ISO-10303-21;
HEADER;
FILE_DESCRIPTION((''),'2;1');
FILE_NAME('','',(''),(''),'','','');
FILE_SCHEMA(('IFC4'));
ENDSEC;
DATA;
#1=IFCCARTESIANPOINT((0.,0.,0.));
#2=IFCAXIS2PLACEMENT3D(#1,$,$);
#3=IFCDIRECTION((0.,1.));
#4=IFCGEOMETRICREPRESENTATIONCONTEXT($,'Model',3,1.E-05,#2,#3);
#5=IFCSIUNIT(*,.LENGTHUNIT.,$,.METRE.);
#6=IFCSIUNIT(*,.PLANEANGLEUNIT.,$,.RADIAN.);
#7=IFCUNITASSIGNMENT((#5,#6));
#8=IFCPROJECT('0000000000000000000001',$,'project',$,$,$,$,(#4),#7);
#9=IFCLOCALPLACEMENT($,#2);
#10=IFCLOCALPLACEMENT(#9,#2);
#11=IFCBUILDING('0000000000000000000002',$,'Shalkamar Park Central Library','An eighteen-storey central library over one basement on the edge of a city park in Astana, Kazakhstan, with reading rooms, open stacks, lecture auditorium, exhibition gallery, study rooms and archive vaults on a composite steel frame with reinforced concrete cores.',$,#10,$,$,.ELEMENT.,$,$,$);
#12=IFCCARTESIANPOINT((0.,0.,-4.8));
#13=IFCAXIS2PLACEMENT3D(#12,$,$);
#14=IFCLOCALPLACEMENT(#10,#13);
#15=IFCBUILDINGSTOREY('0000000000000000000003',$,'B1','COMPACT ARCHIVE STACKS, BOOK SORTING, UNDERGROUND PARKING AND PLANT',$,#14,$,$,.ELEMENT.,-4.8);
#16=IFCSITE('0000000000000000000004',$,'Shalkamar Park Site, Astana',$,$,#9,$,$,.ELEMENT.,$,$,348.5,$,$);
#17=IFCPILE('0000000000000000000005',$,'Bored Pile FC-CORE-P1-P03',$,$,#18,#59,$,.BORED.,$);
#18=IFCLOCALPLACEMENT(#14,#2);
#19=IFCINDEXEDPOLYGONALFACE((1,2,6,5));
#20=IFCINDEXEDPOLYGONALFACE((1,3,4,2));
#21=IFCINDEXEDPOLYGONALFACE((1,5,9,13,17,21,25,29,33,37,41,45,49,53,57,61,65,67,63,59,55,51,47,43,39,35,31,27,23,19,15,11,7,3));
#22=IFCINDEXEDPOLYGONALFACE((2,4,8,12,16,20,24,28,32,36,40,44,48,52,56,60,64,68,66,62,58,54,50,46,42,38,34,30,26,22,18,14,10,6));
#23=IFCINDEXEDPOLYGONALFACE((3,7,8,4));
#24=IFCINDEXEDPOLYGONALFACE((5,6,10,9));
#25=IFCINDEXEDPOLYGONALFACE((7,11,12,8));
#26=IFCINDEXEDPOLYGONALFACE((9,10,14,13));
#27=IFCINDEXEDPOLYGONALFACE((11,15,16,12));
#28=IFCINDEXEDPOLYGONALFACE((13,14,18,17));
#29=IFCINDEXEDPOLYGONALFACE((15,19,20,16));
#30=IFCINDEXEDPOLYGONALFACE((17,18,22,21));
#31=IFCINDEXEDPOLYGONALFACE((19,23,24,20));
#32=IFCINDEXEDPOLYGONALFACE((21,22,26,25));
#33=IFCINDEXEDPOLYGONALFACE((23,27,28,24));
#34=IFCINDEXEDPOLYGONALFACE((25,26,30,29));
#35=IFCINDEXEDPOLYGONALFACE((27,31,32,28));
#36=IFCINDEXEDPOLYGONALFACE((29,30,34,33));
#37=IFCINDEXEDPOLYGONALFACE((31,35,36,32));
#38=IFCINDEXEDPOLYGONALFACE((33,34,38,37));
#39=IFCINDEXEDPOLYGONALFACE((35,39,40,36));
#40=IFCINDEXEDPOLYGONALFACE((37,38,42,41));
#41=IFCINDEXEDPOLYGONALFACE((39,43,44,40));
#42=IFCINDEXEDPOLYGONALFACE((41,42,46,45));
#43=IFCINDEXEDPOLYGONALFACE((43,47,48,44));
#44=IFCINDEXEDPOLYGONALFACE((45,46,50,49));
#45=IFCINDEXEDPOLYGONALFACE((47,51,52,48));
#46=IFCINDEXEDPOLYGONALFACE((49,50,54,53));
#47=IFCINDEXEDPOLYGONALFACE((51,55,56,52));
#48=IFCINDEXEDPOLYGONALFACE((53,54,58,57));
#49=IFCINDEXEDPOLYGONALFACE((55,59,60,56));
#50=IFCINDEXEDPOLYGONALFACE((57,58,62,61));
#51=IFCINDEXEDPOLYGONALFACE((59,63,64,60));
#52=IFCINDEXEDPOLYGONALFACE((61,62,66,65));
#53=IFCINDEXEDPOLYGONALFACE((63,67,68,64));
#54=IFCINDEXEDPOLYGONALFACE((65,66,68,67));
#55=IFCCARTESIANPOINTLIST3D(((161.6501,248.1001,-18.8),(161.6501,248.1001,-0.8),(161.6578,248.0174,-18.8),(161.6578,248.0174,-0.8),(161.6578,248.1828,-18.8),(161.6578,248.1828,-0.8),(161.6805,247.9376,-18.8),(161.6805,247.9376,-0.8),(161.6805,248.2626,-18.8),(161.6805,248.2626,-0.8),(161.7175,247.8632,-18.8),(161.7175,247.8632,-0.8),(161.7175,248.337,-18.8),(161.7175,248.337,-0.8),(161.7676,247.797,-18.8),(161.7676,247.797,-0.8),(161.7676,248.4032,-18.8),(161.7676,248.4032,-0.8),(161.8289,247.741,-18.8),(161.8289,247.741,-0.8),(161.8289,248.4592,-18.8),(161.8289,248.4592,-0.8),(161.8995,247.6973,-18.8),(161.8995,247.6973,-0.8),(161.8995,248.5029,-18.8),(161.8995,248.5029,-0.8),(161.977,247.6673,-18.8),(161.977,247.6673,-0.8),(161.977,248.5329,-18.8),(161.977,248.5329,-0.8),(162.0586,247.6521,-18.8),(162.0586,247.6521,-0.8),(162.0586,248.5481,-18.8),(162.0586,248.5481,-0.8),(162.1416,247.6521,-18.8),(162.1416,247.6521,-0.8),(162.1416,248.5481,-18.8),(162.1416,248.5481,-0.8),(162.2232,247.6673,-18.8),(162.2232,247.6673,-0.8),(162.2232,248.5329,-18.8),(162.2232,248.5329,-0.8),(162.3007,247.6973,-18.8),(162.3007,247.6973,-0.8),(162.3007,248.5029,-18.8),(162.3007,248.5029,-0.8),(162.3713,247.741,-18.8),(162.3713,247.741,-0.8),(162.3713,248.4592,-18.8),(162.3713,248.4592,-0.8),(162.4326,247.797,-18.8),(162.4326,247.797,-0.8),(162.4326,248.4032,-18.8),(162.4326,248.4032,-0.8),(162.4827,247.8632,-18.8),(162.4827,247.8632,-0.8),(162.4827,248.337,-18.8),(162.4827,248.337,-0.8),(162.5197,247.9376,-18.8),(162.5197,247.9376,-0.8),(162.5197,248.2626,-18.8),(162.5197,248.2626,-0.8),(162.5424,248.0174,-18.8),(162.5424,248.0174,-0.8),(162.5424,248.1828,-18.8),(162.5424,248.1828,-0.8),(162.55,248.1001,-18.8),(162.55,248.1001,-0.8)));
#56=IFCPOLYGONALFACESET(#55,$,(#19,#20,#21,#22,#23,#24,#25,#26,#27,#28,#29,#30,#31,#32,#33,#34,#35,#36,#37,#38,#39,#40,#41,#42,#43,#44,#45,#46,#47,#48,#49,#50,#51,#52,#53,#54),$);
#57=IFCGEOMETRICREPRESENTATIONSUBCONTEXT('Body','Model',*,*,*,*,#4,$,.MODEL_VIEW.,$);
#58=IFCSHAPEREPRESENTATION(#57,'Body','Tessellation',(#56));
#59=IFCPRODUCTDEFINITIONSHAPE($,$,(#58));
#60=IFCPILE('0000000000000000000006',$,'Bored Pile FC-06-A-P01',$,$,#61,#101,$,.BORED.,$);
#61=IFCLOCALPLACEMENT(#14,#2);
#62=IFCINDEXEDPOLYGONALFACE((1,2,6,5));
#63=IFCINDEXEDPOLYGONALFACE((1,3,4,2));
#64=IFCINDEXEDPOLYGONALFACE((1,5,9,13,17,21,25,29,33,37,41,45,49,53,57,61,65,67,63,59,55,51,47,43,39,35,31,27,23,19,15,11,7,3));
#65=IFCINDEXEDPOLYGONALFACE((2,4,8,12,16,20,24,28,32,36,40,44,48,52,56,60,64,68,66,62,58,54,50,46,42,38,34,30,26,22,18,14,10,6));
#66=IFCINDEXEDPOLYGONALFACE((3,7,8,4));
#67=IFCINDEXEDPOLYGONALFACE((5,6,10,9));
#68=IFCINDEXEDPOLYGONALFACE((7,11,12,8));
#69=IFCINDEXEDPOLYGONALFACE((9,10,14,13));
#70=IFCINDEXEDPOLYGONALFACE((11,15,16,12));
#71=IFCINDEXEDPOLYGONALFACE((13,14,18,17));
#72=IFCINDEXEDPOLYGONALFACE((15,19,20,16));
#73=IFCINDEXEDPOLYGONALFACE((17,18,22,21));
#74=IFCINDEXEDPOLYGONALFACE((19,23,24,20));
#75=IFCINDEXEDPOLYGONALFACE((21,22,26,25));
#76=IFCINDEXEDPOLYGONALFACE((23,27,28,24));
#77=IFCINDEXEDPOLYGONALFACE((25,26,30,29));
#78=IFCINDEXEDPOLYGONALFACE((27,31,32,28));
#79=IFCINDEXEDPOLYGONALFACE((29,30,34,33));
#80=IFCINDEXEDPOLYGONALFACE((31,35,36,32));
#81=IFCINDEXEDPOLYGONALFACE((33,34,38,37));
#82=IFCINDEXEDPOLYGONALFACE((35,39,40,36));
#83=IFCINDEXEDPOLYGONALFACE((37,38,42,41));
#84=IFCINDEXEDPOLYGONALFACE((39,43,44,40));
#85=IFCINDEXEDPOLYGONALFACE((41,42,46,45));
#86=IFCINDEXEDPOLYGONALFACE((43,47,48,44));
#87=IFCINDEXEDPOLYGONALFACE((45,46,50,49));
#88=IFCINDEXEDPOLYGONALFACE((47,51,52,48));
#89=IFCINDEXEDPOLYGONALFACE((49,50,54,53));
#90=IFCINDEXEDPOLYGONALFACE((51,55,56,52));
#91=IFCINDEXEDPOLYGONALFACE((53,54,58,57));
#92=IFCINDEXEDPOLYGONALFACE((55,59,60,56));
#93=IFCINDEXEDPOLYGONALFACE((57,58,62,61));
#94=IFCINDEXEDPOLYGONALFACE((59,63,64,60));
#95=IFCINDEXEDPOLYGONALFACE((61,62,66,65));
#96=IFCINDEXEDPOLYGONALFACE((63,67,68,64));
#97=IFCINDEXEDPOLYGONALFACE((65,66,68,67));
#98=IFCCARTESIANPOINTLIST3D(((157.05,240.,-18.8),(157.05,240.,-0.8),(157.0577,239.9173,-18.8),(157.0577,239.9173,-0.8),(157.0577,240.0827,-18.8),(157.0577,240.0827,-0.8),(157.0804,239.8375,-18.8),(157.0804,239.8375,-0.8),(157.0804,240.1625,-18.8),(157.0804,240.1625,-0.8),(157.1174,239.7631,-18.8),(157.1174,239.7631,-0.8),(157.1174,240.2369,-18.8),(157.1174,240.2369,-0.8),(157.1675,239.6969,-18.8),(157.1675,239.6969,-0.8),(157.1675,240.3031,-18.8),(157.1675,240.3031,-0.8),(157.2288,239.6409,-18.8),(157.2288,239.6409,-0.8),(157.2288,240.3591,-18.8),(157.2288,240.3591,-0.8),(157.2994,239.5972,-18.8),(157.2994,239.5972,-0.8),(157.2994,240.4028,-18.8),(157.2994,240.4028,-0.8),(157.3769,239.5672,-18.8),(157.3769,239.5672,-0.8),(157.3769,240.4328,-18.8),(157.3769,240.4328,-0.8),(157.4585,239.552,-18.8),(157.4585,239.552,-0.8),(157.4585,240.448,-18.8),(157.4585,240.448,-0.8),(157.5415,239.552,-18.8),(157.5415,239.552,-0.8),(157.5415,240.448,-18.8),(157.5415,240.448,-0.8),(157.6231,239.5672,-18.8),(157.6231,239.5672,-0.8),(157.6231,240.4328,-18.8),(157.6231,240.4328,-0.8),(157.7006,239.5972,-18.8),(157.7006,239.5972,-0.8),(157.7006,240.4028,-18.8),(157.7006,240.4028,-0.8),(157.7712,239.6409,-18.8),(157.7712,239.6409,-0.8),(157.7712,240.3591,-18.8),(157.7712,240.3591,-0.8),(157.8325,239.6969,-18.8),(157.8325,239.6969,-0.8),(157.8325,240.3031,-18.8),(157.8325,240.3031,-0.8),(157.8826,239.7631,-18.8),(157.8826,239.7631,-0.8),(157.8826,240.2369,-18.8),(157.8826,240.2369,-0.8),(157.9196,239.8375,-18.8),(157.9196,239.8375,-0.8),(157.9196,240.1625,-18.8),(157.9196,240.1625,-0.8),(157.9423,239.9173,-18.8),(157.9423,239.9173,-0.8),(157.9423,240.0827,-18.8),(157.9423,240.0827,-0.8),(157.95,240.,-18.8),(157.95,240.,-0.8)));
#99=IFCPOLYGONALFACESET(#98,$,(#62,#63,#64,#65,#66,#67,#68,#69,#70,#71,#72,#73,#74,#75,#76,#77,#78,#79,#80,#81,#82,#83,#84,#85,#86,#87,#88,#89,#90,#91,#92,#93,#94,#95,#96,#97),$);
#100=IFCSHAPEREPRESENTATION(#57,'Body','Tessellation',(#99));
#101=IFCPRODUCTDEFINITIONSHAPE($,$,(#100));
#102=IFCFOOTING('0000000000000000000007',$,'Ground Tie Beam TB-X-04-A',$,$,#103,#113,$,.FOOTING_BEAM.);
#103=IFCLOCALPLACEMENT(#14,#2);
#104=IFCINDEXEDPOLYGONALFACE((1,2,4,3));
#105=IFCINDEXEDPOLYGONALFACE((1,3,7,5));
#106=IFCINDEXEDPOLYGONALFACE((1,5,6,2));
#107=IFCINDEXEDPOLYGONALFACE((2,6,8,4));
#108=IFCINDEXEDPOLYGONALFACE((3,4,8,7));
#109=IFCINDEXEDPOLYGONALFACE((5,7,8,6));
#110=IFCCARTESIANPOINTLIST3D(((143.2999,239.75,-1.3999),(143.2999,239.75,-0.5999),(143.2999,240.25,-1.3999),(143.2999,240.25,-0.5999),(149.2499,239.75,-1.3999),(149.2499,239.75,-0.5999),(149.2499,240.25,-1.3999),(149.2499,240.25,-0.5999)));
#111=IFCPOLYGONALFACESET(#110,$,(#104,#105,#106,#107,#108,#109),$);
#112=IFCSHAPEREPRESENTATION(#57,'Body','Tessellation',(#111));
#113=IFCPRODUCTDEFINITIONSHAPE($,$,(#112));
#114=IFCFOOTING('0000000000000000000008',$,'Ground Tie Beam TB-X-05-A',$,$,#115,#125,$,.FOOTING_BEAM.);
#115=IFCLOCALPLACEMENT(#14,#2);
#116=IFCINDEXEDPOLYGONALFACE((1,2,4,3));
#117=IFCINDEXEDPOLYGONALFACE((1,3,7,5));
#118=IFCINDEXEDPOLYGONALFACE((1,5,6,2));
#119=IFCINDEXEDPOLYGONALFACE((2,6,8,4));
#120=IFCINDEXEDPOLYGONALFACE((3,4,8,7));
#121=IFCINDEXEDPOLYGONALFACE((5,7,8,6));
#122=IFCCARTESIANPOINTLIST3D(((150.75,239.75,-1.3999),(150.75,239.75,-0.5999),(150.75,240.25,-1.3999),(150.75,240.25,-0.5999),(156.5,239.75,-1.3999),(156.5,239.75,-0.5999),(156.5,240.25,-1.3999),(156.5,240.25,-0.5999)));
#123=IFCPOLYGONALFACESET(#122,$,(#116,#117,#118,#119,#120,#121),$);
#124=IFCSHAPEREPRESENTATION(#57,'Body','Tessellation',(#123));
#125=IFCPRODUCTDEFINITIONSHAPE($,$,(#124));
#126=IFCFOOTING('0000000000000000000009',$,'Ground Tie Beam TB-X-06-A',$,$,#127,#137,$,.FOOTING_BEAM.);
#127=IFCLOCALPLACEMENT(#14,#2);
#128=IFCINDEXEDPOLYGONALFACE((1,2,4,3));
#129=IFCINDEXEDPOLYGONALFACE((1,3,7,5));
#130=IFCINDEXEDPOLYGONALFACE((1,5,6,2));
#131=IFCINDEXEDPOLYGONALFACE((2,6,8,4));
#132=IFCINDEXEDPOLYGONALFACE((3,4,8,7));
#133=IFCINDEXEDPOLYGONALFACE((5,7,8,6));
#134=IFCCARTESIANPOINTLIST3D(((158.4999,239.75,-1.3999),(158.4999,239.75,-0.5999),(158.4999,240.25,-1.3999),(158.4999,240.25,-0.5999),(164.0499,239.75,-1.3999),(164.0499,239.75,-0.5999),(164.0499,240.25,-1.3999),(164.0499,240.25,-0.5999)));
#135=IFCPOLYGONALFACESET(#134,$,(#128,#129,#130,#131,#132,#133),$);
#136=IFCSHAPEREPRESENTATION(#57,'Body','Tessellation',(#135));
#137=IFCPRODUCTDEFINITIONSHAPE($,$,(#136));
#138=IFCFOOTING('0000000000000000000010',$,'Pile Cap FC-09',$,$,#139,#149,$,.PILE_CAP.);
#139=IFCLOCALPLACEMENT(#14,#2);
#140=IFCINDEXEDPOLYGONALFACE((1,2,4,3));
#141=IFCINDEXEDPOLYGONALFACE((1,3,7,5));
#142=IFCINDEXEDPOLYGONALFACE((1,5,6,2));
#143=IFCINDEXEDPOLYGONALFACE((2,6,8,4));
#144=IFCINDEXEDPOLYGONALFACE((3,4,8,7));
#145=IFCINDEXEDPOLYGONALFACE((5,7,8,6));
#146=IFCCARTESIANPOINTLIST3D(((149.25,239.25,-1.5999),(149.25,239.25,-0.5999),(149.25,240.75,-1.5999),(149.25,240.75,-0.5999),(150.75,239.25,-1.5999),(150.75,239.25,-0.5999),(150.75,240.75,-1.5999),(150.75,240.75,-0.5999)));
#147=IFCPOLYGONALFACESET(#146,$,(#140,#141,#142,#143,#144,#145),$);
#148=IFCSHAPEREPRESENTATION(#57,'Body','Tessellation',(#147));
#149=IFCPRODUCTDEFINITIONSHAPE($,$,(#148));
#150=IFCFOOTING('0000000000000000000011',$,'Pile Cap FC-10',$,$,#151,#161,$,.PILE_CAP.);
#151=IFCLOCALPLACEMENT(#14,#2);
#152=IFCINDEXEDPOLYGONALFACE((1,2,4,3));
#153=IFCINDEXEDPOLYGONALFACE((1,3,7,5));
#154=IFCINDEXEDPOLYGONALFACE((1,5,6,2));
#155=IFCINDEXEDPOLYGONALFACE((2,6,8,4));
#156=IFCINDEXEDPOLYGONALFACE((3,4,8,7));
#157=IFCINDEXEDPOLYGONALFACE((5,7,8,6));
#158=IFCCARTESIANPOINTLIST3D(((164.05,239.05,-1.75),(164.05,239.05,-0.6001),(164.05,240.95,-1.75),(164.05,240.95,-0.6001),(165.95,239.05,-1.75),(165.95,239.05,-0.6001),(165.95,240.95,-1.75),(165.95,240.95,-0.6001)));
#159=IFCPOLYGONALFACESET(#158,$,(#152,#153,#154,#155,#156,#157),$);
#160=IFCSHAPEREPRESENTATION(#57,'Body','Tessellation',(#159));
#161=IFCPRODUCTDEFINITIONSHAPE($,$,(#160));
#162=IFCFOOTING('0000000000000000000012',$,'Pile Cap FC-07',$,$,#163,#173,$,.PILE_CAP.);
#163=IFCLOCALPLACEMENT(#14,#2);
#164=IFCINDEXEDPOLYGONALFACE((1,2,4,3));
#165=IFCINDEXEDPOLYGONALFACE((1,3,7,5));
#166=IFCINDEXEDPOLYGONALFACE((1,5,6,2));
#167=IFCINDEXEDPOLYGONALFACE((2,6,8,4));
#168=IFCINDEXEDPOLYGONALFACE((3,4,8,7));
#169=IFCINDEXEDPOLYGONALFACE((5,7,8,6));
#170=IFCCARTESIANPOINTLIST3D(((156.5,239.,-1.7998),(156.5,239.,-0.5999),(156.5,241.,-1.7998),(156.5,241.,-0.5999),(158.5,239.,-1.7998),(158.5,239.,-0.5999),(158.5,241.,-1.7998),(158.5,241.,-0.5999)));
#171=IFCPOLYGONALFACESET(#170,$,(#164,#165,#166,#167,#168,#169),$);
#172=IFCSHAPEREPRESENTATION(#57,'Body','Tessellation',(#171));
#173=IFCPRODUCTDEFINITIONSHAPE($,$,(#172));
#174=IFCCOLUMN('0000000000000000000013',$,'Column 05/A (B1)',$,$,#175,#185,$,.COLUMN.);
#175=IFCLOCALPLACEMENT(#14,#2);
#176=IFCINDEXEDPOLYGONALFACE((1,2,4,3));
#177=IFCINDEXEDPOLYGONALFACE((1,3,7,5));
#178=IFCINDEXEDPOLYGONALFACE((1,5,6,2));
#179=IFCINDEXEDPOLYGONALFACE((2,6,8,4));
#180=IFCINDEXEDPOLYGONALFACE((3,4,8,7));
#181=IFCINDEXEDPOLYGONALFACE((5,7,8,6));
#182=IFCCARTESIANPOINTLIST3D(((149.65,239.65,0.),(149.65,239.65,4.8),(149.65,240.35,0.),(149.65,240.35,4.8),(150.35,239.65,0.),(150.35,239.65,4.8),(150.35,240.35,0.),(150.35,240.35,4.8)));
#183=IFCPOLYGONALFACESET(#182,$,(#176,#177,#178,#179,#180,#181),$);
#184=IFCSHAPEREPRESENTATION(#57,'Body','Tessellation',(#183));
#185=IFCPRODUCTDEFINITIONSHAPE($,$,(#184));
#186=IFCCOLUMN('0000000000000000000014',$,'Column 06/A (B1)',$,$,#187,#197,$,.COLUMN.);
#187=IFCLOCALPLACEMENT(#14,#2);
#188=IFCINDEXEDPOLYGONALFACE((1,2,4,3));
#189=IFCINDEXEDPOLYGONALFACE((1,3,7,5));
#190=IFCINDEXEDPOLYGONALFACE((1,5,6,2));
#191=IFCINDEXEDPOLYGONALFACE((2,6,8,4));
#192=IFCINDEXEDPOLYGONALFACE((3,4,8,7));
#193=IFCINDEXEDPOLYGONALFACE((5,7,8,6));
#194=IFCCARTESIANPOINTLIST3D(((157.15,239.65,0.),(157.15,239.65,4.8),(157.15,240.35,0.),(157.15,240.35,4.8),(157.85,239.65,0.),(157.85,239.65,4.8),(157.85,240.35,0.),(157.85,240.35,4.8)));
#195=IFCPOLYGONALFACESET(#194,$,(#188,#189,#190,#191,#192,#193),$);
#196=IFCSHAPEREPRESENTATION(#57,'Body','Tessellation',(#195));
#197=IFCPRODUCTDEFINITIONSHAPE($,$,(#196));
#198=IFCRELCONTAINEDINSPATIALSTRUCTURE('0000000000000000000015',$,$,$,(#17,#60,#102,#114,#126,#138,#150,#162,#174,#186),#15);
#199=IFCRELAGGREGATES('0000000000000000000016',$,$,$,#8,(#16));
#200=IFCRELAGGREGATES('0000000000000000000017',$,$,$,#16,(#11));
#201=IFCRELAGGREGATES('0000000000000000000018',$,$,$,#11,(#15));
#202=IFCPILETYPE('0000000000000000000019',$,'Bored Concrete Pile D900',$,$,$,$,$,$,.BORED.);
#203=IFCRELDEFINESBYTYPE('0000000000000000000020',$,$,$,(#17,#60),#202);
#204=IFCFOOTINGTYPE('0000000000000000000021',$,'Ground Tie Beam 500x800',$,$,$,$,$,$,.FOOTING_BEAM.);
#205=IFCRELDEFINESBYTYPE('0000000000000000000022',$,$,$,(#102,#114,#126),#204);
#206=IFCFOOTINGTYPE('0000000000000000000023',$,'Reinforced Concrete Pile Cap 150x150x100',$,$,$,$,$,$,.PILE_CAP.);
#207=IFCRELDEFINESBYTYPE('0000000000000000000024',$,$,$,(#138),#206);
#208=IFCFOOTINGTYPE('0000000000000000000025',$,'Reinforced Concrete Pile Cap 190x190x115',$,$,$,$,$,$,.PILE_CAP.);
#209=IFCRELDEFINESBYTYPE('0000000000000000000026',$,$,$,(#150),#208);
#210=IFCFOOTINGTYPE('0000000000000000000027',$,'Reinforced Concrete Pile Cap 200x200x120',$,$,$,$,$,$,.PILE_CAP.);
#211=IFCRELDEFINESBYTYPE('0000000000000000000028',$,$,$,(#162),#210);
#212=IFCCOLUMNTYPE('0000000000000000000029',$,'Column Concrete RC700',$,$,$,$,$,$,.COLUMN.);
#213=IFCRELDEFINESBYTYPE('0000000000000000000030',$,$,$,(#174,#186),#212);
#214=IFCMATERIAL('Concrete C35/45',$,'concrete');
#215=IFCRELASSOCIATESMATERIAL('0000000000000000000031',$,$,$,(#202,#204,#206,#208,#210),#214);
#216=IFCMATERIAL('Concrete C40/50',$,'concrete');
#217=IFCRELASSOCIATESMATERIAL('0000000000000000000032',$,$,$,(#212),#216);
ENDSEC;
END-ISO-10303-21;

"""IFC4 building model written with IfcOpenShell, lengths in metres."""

from ifc_helpers import new_model, si_unit, direction, frame, origin, origin_2d, place, context, subcontext, project, spatial, rectangle, circle, extrude, material, material_profile, profile_set, type_object, element, save


model = new_model("IFC4")

# Units and contexts
model_context = context("Model", 3, precision=1e-05, world=origin(), true_north=direction((0.0, 1.0)))
body_context = subcontext(model_context, "Body", "Model", "MODEL_VIEW")
ifc_project = project(units=[si_unit("LENGTHUNIT", "METRE"), si_unit("PLANEANGLEUNIT", "RADIAN")], contexts=[model_context])

# Site, building, storey
site_placement = place(None, origin())
site = spatial("IfcSite", under=ifc_project, at=site_placement, Name="Shalkamar Park Site, Astana", CompositionType="ELEMENT", RefElevation=348.5)
building_placement = place(site_placement, origin())
building = spatial("IfcBuilding", under=site, at=building_placement, Name="Shalkamar Park Central Library", Description="An eighteen-storey central library over one basement on the edge of a city park in Astana, Kazakhstan, with reading rooms, open stacks, lecture auditorium, exhibition gallery, study rooms and archive vaults on a composite steel frame with reinforced concrete cores.", CompositionType="ELEMENT")
storey_placement = place(building_placement, frame((0.0, 0.0, -4.8)))
storey = spatial("IfcBuildingStorey", under=building, at=storey_placement, Name="B1", Description="COMPACT ARCHIVE STACKS, BOOK SORTING, UNDERGROUND PARKING AND PLANT", CompositionType="ELEMENT", Elevation=-4.8)

# Piles
ifc_material_1 = material(Name="Concrete C35/45", Category="concrete")
ifc_material_profile_1 = material_profile(ifc_material_1, circle(Radius=0.45, at=origin_2d()), Name="PILE D900")
ifc_profile_set_1 = profile_set([ifc_material_profile_1], Name="Concrete C35/45")
pile_type_1 = type_object("IfcPileType", Name="Bored Concrete Pile D900", PredefinedType="BORED", material=ifc_profile_set_1)
for number, where, z_axis, x_axis, name in (
    (1, (162.1001, 248.1001, -0.8), (0.0, 0.0, -1.0), (1.0, 0.0, 0.0), "Bored Pile FC-CORE-P1-P03"),
    (2, (157.5, 240.0, -0.8), (0.0, 0.0, -1.0), (1.0, 0.0, 0.0), "Bored Pile FC-06-A-P01"),
):
    element("IfcPile", number, at=place(storey_placement, frame(where, z_axis=z_axis, x_axis=x_axis)), inside=storey, type_object=pile_type_1, Name=name, PredefinedType="BORED", context=body_context, shape_type="SweptSolid", body=[
        extrude(circle(Radius=0.45, at=origin_2d()), origin(), (0.0, 0.0, 1.0), 18.0),
    ])

# Footings
footing_type_1 = type_object("IfcFootingType", Name="Ground Tie Beam 500x800", PredefinedType="FOOTING_BEAM", material=ifc_material_1)
footing_1_placement = place(storey_placement, frame((146.2749, 240.0, -1.3999), z_axis=(0.0, 0.0, 1.0), x_axis=(1.0, 0.0, 0.0)))
element("IfcFooting", 3, at=footing_1_placement, inside=storey, type_object=footing_type_1, Name="Ground Tie Beam TB-X-04-A", PredefinedType="FOOTING_BEAM", context=body_context, shape_type="SweptSolid", body=[
    extrude(rectangle(XDim=5.95, YDim=0.5, at=origin_2d()), origin(), (0.0, 0.0, 1.0), 0.8),
])
footing_2_placement = place(storey_placement, frame((153.625, 240.0, -1.3999), z_axis=(0.0, 0.0, 1.0), x_axis=(1.0, 0.0, 0.0)))
element("IfcFooting", 4, at=footing_2_placement, inside=storey, type_object=footing_type_1, Name="Ground Tie Beam TB-X-05-A", PredefinedType="FOOTING_BEAM", context=body_context, shape_type="SweptSolid", body=[
    extrude(rectangle(XDim=5.75, YDim=0.5, at=origin_2d()), origin(), (0.0, 0.0, 1.0), 0.8),
])
footing_3_placement = place(storey_placement, frame((161.2749, 240.0, -1.3999), z_axis=(0.0, 0.0, 1.0), x_axis=(1.0, 0.0, 0.0)))
element("IfcFooting", 5, at=footing_3_placement, inside=storey, type_object=footing_type_1, Name="Ground Tie Beam TB-X-06-A", PredefinedType="FOOTING_BEAM", context=body_context, shape_type="SweptSolid", body=[
    extrude(rectangle(XDim=5.55, YDim=0.5, at=origin_2d()), origin(), (0.0, 0.0, 1.0), 0.8),
])
footing_type_2 = type_object("IfcFootingType", Name="Reinforced Concrete Pile Cap 150x150x100", PredefinedType="PILE_CAP", material=ifc_material_1)
footing_4_placement = place(storey_placement, frame((150.0, 240.0, -1.5999), z_axis=(0.0, 0.0, 1.0), x_axis=(1.0, 0.0, 0.0)))
element("IfcFooting", 6, at=footing_4_placement, inside=storey, type_object=footing_type_2, Name="Pile Cap FC-09", PredefinedType="PILE_CAP", context=body_context, shape_type="SweptSolid", body=[
    extrude(rectangle(XDim=1.5, YDim=1.5, at=origin_2d()), origin(), (0.0, 0.0, 1.0), 1.0),
])
footing_type_3 = type_object("IfcFootingType", Name="Reinforced Concrete Pile Cap 190x190x115", PredefinedType="PILE_CAP", material=ifc_material_1)
footing_5_placement = place(storey_placement, frame((165.0, 240.0, -1.75), z_axis=(0.0, 0.0, 1.0), x_axis=(1.0, 0.0, 0.0)))
element("IfcFooting", 7, at=footing_5_placement, inside=storey, type_object=footing_type_3, Name="Pile Cap FC-10", PredefinedType="PILE_CAP", context=body_context, shape_type="SweptSolid", body=[
    extrude(rectangle(XDim=1.8999, YDim=1.8999, at=origin_2d()), origin(), (0.0, 0.0, 1.0), 1.1499),
])
footing_type_4 = type_object("IfcFootingType", Name="Reinforced Concrete Pile Cap 200x200x120", PredefinedType="PILE_CAP", material=ifc_material_1)
footing_6_placement = place(storey_placement, frame((157.5, 240.0, -1.7998), z_axis=(0.0, 0.0, 1.0), x_axis=(1.0, 0.0, 0.0)))
element("IfcFooting", 8, at=footing_6_placement, inside=storey, type_object=footing_type_4, Name="Pile Cap FC-07", PredefinedType="PILE_CAP", context=body_context, shape_type="SweptSolid", body=[
    extrude(rectangle(XDim=2.0, YDim=2.0, at=origin_2d()), origin(), (0.0, 0.0, 1.0), 1.2),
])

# Columns
ifc_material_2 = material(Name="Concrete C40/50", Category="concrete")
ifc_material_profile_2 = material_profile(ifc_material_2, rectangle(XDim=0.7, YDim=0.7, at=origin_2d()), Name="RC 700x700")
ifc_profile_set_2 = profile_set([ifc_material_profile_2], Name="Concrete C40/50")
column_type = type_object("IfcColumnType", Name="Column Concrete RC700", PredefinedType="COLUMN", material=ifc_profile_set_2)
for number, where, z_axis, x_axis, name in (
    (9, (150.0, 240.0, 0.0), (0.0, 0.0, 1.0), (1.0, 0.0, 0.0), "Column 05/A (B1)"),
    (10, (157.5, 240.0, 0.0), (0.0, 0.0, 1.0), (1.0, 0.0, 0.0), "Column 06/A (B1)"),
):
    element("IfcColumn", number, at=place(storey_placement, frame(where, z_axis=z_axis, x_axis=x_axis)), inside=storey, type_object=column_type, Name=name, PredefinedType="COLUMN", context=body_context, shape_type="SweptSolid", body=[
        extrude(rectangle(XDim=0.7, YDim=0.7, at=origin_2d()), origin(), (0.0, 0.0, 1.0), 4.8),
    ])

save(model, "model.ifc")
